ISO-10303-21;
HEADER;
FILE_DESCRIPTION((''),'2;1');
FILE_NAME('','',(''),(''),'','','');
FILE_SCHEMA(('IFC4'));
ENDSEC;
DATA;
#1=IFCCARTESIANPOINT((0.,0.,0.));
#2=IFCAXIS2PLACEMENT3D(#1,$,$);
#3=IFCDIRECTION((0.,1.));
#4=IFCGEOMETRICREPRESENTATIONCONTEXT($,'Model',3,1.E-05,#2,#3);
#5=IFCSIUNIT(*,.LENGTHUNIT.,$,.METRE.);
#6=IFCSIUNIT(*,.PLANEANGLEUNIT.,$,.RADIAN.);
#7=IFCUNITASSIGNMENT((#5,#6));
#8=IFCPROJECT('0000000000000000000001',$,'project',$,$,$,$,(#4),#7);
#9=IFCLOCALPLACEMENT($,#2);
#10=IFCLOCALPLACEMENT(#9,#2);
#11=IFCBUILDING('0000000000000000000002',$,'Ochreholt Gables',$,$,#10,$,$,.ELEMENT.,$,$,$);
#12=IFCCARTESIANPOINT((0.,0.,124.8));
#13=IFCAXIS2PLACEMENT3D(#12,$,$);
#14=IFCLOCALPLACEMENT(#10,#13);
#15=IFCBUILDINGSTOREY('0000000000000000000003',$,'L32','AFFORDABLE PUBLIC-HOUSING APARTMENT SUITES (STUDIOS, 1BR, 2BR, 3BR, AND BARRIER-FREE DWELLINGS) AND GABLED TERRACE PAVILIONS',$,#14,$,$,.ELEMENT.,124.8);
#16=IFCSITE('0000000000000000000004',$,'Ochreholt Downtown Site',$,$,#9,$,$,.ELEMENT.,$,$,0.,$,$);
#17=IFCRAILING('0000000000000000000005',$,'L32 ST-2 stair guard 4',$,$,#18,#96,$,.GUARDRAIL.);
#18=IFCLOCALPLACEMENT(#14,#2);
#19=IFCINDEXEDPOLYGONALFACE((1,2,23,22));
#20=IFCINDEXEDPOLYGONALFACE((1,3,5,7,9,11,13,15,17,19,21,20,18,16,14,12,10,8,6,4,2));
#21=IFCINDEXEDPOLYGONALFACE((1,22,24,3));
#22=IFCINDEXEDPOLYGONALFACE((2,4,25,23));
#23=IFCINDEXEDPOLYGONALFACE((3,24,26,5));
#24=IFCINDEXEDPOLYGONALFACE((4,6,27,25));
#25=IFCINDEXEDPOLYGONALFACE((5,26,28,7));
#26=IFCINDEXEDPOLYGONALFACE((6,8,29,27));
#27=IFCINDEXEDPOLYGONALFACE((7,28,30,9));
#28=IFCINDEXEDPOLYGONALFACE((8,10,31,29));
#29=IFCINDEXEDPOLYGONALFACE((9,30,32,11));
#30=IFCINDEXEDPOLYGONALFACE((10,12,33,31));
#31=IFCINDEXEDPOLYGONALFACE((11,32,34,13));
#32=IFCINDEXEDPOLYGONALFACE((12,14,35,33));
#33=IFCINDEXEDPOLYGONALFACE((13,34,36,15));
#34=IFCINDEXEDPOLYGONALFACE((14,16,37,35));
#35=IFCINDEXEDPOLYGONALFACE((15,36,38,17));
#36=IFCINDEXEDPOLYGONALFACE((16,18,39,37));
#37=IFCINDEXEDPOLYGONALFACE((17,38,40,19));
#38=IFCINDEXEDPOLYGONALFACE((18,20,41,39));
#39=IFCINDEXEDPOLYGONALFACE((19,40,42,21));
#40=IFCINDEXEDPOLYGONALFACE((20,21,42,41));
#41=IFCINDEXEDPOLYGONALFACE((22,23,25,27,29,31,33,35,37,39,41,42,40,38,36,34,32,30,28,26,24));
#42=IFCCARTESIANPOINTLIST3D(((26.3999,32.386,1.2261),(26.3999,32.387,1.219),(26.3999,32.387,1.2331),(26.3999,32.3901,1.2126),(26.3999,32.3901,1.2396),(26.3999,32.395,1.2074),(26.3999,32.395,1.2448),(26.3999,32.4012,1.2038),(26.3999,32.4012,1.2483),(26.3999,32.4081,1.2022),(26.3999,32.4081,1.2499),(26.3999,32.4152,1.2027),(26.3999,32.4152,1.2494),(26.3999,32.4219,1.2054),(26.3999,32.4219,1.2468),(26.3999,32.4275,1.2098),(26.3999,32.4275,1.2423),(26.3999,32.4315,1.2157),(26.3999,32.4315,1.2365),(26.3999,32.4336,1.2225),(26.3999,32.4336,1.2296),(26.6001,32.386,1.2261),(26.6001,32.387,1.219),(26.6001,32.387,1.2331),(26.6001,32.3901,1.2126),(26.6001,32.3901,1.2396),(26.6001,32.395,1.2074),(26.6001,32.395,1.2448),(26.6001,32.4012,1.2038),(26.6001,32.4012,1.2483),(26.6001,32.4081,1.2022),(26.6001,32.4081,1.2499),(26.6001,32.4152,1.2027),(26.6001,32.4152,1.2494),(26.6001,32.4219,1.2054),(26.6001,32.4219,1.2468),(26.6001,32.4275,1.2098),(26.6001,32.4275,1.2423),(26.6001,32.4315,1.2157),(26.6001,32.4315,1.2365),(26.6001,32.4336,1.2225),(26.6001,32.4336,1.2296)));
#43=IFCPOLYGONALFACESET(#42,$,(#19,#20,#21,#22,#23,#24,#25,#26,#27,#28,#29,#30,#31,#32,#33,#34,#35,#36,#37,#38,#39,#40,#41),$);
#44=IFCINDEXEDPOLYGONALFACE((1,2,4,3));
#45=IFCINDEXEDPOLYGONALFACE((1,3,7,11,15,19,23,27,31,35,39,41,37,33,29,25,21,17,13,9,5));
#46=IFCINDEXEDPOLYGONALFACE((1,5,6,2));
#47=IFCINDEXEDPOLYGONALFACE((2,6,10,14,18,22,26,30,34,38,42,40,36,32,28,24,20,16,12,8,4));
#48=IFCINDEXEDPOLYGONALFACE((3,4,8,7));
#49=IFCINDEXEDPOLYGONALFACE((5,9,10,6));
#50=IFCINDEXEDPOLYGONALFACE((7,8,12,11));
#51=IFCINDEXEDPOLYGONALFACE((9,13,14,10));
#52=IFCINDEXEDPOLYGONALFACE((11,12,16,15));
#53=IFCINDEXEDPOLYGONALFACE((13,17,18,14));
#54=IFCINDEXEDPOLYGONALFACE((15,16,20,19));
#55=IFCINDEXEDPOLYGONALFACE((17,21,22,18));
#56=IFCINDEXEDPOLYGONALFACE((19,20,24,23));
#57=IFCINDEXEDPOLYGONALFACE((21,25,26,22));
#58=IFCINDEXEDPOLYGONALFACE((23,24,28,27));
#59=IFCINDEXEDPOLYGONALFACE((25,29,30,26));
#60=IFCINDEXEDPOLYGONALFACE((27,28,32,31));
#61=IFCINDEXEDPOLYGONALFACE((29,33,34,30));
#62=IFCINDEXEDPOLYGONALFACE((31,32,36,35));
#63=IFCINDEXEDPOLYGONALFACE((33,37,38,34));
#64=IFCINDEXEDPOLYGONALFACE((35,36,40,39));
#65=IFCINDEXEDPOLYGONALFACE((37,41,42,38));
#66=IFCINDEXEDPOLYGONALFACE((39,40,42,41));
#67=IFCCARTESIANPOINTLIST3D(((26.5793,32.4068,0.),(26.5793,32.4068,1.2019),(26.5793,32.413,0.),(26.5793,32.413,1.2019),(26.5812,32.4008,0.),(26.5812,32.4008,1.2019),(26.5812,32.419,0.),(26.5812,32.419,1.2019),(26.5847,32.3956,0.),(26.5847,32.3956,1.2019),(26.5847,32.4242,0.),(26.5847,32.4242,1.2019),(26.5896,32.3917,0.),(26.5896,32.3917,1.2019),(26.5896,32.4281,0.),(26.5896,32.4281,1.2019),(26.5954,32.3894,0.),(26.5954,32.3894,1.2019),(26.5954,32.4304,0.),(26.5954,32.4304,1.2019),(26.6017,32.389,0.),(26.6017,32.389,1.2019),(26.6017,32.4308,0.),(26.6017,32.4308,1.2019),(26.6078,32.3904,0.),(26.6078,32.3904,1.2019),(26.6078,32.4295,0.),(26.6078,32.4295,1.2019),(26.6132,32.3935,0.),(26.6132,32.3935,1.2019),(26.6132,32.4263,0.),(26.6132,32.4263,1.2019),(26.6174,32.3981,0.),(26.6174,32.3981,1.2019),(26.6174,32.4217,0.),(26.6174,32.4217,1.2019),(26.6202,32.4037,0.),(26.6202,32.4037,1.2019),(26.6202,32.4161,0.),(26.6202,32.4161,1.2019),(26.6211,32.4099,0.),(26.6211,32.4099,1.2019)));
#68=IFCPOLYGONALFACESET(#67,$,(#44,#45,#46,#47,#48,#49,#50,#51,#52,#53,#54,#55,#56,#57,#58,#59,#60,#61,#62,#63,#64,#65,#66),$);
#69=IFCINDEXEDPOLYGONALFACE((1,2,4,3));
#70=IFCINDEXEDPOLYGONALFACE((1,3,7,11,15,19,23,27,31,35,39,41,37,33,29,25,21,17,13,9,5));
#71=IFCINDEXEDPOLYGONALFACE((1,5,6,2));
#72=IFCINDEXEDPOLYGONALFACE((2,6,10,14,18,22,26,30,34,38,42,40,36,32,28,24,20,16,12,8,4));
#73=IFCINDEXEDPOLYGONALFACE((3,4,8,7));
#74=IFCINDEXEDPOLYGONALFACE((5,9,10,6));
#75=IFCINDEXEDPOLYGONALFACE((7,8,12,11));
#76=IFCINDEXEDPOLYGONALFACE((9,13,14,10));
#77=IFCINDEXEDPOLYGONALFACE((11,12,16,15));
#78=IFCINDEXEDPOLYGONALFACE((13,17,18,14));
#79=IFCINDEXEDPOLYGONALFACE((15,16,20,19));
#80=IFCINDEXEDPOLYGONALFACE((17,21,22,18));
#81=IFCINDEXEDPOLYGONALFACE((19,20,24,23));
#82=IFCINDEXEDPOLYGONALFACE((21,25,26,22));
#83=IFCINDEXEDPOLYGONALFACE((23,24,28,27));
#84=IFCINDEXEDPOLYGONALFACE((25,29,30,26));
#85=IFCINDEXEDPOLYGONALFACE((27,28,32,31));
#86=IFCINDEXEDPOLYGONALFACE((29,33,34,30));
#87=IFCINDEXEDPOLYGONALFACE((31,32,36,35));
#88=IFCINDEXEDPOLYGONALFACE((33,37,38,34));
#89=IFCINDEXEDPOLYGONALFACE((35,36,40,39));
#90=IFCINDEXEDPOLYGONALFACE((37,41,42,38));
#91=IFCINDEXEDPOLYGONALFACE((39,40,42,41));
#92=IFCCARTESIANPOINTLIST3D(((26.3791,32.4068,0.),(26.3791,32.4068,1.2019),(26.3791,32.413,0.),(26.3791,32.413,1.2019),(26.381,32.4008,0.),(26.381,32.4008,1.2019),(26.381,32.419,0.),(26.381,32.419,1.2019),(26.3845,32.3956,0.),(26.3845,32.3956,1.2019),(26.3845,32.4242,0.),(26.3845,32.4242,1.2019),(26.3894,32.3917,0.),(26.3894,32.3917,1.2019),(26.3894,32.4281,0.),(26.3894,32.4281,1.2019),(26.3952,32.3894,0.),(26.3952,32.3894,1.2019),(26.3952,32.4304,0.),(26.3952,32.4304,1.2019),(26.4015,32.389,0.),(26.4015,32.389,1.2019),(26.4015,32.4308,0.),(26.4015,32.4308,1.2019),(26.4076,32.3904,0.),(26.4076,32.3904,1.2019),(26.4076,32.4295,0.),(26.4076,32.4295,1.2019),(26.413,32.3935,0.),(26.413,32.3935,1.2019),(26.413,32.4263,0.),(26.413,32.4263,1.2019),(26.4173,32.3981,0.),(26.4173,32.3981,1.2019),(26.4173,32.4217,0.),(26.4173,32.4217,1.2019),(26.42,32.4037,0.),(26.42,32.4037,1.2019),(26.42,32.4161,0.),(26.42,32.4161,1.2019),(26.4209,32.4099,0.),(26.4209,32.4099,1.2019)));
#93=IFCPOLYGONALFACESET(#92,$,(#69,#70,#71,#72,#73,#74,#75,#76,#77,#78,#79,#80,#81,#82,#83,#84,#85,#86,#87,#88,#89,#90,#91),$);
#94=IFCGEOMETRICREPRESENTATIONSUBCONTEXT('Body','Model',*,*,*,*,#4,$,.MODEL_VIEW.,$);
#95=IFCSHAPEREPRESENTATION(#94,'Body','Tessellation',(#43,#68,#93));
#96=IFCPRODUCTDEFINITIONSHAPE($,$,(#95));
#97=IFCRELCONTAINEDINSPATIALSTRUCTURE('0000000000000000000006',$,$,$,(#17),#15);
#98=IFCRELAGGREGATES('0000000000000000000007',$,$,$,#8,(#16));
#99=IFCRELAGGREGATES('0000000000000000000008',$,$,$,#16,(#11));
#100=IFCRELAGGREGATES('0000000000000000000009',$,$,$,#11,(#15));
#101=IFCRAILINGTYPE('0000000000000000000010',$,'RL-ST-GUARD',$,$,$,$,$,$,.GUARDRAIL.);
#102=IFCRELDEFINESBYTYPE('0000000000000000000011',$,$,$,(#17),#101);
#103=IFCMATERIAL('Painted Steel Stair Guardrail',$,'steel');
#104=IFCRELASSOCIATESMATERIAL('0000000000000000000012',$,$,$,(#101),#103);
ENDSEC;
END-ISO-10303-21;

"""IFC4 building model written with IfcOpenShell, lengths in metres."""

from ifc_helpers import new_model, si_unit, direction, frame, origin, origin_2d, place, context, subcontext, project, spatial, circle, extrude, material, type_object, element, save


model = new_model("IFC4")

# Units and contexts
model_context = context("Model", 3, precision=1e-05, world=origin(), true_north=direction((0.0, 1.0)))
body_context = subcontext(model_context, "Body", "Model", "MODEL_VIEW")
ifc_project = project(units=[si_unit("LENGTHUNIT", "METRE"), si_unit("PLANEANGLEUNIT", "RADIAN")], contexts=[model_context])

# Site, building, storey
site_placement = place(None, origin())
site = spatial("IfcSite", under=ifc_project, at=site_placement, Name="Ochreholt Downtown Site", CompositionType="ELEMENT", RefElevation=0.0)
building_placement = place(site_placement, origin())
building = spatial("IfcBuilding", under=site, at=building_placement, Name="Ochreholt Gables", CompositionType="ELEMENT")
storey_placement = place(building_placement, frame((0.0, 0.0, 124.8)))
storey = spatial("IfcBuildingStorey", under=building, at=storey_placement, Name="L32", Description="AFFORDABLE PUBLIC-HOUSING APARTMENT SUITES (STUDIOS, 1BR, 2BR, 3BR, AND BARRIER-FREE DWELLINGS) AND GABLED TERRACE PAVILIONS", CompositionType="ELEMENT", Elevation=124.8)

# Railing
ifc_material_1 = material(Name="Painted Steel Stair Guardrail", Category="steel")
railing_type_1 = type_object("IfcRailingType", Name="RL-ST-GUARD", PredefinedType="GUARDRAIL", material=ifc_material_1)
railing_1_placement = place(storey_placement, frame((26.6001, 32.4099, 0.0)))
element("IfcRailing", 1, at=railing_1_placement, inside=storey, type_object=railing_type_1, Name="L32 ST-2 stair guard 4", PredefinedType="GUARDRAIL", context=body_context, shape_type="SweptSolid", body=[
    extrude(circle(Radius=0.0239, at=origin_2d()), frame((0.0, 0.0, 1.2261), z_axis=(-1.0, 0.0, 0.0), x_axis=(0.0, -1.0, 0.0)), (0.0, 0.0, 1.0), 0.2002),
    extrude(circle(Radius=0.021, at=origin_2d()), origin(), (0.0, 0.0, 1.0), 1.2019),
    extrude(circle(Radius=0.021, at=origin_2d()), frame((-0.2002, 0.0, 0.0)), (0.0, 0.0, 1.0), 1.2019),
])

save(model, "model.ifc")
